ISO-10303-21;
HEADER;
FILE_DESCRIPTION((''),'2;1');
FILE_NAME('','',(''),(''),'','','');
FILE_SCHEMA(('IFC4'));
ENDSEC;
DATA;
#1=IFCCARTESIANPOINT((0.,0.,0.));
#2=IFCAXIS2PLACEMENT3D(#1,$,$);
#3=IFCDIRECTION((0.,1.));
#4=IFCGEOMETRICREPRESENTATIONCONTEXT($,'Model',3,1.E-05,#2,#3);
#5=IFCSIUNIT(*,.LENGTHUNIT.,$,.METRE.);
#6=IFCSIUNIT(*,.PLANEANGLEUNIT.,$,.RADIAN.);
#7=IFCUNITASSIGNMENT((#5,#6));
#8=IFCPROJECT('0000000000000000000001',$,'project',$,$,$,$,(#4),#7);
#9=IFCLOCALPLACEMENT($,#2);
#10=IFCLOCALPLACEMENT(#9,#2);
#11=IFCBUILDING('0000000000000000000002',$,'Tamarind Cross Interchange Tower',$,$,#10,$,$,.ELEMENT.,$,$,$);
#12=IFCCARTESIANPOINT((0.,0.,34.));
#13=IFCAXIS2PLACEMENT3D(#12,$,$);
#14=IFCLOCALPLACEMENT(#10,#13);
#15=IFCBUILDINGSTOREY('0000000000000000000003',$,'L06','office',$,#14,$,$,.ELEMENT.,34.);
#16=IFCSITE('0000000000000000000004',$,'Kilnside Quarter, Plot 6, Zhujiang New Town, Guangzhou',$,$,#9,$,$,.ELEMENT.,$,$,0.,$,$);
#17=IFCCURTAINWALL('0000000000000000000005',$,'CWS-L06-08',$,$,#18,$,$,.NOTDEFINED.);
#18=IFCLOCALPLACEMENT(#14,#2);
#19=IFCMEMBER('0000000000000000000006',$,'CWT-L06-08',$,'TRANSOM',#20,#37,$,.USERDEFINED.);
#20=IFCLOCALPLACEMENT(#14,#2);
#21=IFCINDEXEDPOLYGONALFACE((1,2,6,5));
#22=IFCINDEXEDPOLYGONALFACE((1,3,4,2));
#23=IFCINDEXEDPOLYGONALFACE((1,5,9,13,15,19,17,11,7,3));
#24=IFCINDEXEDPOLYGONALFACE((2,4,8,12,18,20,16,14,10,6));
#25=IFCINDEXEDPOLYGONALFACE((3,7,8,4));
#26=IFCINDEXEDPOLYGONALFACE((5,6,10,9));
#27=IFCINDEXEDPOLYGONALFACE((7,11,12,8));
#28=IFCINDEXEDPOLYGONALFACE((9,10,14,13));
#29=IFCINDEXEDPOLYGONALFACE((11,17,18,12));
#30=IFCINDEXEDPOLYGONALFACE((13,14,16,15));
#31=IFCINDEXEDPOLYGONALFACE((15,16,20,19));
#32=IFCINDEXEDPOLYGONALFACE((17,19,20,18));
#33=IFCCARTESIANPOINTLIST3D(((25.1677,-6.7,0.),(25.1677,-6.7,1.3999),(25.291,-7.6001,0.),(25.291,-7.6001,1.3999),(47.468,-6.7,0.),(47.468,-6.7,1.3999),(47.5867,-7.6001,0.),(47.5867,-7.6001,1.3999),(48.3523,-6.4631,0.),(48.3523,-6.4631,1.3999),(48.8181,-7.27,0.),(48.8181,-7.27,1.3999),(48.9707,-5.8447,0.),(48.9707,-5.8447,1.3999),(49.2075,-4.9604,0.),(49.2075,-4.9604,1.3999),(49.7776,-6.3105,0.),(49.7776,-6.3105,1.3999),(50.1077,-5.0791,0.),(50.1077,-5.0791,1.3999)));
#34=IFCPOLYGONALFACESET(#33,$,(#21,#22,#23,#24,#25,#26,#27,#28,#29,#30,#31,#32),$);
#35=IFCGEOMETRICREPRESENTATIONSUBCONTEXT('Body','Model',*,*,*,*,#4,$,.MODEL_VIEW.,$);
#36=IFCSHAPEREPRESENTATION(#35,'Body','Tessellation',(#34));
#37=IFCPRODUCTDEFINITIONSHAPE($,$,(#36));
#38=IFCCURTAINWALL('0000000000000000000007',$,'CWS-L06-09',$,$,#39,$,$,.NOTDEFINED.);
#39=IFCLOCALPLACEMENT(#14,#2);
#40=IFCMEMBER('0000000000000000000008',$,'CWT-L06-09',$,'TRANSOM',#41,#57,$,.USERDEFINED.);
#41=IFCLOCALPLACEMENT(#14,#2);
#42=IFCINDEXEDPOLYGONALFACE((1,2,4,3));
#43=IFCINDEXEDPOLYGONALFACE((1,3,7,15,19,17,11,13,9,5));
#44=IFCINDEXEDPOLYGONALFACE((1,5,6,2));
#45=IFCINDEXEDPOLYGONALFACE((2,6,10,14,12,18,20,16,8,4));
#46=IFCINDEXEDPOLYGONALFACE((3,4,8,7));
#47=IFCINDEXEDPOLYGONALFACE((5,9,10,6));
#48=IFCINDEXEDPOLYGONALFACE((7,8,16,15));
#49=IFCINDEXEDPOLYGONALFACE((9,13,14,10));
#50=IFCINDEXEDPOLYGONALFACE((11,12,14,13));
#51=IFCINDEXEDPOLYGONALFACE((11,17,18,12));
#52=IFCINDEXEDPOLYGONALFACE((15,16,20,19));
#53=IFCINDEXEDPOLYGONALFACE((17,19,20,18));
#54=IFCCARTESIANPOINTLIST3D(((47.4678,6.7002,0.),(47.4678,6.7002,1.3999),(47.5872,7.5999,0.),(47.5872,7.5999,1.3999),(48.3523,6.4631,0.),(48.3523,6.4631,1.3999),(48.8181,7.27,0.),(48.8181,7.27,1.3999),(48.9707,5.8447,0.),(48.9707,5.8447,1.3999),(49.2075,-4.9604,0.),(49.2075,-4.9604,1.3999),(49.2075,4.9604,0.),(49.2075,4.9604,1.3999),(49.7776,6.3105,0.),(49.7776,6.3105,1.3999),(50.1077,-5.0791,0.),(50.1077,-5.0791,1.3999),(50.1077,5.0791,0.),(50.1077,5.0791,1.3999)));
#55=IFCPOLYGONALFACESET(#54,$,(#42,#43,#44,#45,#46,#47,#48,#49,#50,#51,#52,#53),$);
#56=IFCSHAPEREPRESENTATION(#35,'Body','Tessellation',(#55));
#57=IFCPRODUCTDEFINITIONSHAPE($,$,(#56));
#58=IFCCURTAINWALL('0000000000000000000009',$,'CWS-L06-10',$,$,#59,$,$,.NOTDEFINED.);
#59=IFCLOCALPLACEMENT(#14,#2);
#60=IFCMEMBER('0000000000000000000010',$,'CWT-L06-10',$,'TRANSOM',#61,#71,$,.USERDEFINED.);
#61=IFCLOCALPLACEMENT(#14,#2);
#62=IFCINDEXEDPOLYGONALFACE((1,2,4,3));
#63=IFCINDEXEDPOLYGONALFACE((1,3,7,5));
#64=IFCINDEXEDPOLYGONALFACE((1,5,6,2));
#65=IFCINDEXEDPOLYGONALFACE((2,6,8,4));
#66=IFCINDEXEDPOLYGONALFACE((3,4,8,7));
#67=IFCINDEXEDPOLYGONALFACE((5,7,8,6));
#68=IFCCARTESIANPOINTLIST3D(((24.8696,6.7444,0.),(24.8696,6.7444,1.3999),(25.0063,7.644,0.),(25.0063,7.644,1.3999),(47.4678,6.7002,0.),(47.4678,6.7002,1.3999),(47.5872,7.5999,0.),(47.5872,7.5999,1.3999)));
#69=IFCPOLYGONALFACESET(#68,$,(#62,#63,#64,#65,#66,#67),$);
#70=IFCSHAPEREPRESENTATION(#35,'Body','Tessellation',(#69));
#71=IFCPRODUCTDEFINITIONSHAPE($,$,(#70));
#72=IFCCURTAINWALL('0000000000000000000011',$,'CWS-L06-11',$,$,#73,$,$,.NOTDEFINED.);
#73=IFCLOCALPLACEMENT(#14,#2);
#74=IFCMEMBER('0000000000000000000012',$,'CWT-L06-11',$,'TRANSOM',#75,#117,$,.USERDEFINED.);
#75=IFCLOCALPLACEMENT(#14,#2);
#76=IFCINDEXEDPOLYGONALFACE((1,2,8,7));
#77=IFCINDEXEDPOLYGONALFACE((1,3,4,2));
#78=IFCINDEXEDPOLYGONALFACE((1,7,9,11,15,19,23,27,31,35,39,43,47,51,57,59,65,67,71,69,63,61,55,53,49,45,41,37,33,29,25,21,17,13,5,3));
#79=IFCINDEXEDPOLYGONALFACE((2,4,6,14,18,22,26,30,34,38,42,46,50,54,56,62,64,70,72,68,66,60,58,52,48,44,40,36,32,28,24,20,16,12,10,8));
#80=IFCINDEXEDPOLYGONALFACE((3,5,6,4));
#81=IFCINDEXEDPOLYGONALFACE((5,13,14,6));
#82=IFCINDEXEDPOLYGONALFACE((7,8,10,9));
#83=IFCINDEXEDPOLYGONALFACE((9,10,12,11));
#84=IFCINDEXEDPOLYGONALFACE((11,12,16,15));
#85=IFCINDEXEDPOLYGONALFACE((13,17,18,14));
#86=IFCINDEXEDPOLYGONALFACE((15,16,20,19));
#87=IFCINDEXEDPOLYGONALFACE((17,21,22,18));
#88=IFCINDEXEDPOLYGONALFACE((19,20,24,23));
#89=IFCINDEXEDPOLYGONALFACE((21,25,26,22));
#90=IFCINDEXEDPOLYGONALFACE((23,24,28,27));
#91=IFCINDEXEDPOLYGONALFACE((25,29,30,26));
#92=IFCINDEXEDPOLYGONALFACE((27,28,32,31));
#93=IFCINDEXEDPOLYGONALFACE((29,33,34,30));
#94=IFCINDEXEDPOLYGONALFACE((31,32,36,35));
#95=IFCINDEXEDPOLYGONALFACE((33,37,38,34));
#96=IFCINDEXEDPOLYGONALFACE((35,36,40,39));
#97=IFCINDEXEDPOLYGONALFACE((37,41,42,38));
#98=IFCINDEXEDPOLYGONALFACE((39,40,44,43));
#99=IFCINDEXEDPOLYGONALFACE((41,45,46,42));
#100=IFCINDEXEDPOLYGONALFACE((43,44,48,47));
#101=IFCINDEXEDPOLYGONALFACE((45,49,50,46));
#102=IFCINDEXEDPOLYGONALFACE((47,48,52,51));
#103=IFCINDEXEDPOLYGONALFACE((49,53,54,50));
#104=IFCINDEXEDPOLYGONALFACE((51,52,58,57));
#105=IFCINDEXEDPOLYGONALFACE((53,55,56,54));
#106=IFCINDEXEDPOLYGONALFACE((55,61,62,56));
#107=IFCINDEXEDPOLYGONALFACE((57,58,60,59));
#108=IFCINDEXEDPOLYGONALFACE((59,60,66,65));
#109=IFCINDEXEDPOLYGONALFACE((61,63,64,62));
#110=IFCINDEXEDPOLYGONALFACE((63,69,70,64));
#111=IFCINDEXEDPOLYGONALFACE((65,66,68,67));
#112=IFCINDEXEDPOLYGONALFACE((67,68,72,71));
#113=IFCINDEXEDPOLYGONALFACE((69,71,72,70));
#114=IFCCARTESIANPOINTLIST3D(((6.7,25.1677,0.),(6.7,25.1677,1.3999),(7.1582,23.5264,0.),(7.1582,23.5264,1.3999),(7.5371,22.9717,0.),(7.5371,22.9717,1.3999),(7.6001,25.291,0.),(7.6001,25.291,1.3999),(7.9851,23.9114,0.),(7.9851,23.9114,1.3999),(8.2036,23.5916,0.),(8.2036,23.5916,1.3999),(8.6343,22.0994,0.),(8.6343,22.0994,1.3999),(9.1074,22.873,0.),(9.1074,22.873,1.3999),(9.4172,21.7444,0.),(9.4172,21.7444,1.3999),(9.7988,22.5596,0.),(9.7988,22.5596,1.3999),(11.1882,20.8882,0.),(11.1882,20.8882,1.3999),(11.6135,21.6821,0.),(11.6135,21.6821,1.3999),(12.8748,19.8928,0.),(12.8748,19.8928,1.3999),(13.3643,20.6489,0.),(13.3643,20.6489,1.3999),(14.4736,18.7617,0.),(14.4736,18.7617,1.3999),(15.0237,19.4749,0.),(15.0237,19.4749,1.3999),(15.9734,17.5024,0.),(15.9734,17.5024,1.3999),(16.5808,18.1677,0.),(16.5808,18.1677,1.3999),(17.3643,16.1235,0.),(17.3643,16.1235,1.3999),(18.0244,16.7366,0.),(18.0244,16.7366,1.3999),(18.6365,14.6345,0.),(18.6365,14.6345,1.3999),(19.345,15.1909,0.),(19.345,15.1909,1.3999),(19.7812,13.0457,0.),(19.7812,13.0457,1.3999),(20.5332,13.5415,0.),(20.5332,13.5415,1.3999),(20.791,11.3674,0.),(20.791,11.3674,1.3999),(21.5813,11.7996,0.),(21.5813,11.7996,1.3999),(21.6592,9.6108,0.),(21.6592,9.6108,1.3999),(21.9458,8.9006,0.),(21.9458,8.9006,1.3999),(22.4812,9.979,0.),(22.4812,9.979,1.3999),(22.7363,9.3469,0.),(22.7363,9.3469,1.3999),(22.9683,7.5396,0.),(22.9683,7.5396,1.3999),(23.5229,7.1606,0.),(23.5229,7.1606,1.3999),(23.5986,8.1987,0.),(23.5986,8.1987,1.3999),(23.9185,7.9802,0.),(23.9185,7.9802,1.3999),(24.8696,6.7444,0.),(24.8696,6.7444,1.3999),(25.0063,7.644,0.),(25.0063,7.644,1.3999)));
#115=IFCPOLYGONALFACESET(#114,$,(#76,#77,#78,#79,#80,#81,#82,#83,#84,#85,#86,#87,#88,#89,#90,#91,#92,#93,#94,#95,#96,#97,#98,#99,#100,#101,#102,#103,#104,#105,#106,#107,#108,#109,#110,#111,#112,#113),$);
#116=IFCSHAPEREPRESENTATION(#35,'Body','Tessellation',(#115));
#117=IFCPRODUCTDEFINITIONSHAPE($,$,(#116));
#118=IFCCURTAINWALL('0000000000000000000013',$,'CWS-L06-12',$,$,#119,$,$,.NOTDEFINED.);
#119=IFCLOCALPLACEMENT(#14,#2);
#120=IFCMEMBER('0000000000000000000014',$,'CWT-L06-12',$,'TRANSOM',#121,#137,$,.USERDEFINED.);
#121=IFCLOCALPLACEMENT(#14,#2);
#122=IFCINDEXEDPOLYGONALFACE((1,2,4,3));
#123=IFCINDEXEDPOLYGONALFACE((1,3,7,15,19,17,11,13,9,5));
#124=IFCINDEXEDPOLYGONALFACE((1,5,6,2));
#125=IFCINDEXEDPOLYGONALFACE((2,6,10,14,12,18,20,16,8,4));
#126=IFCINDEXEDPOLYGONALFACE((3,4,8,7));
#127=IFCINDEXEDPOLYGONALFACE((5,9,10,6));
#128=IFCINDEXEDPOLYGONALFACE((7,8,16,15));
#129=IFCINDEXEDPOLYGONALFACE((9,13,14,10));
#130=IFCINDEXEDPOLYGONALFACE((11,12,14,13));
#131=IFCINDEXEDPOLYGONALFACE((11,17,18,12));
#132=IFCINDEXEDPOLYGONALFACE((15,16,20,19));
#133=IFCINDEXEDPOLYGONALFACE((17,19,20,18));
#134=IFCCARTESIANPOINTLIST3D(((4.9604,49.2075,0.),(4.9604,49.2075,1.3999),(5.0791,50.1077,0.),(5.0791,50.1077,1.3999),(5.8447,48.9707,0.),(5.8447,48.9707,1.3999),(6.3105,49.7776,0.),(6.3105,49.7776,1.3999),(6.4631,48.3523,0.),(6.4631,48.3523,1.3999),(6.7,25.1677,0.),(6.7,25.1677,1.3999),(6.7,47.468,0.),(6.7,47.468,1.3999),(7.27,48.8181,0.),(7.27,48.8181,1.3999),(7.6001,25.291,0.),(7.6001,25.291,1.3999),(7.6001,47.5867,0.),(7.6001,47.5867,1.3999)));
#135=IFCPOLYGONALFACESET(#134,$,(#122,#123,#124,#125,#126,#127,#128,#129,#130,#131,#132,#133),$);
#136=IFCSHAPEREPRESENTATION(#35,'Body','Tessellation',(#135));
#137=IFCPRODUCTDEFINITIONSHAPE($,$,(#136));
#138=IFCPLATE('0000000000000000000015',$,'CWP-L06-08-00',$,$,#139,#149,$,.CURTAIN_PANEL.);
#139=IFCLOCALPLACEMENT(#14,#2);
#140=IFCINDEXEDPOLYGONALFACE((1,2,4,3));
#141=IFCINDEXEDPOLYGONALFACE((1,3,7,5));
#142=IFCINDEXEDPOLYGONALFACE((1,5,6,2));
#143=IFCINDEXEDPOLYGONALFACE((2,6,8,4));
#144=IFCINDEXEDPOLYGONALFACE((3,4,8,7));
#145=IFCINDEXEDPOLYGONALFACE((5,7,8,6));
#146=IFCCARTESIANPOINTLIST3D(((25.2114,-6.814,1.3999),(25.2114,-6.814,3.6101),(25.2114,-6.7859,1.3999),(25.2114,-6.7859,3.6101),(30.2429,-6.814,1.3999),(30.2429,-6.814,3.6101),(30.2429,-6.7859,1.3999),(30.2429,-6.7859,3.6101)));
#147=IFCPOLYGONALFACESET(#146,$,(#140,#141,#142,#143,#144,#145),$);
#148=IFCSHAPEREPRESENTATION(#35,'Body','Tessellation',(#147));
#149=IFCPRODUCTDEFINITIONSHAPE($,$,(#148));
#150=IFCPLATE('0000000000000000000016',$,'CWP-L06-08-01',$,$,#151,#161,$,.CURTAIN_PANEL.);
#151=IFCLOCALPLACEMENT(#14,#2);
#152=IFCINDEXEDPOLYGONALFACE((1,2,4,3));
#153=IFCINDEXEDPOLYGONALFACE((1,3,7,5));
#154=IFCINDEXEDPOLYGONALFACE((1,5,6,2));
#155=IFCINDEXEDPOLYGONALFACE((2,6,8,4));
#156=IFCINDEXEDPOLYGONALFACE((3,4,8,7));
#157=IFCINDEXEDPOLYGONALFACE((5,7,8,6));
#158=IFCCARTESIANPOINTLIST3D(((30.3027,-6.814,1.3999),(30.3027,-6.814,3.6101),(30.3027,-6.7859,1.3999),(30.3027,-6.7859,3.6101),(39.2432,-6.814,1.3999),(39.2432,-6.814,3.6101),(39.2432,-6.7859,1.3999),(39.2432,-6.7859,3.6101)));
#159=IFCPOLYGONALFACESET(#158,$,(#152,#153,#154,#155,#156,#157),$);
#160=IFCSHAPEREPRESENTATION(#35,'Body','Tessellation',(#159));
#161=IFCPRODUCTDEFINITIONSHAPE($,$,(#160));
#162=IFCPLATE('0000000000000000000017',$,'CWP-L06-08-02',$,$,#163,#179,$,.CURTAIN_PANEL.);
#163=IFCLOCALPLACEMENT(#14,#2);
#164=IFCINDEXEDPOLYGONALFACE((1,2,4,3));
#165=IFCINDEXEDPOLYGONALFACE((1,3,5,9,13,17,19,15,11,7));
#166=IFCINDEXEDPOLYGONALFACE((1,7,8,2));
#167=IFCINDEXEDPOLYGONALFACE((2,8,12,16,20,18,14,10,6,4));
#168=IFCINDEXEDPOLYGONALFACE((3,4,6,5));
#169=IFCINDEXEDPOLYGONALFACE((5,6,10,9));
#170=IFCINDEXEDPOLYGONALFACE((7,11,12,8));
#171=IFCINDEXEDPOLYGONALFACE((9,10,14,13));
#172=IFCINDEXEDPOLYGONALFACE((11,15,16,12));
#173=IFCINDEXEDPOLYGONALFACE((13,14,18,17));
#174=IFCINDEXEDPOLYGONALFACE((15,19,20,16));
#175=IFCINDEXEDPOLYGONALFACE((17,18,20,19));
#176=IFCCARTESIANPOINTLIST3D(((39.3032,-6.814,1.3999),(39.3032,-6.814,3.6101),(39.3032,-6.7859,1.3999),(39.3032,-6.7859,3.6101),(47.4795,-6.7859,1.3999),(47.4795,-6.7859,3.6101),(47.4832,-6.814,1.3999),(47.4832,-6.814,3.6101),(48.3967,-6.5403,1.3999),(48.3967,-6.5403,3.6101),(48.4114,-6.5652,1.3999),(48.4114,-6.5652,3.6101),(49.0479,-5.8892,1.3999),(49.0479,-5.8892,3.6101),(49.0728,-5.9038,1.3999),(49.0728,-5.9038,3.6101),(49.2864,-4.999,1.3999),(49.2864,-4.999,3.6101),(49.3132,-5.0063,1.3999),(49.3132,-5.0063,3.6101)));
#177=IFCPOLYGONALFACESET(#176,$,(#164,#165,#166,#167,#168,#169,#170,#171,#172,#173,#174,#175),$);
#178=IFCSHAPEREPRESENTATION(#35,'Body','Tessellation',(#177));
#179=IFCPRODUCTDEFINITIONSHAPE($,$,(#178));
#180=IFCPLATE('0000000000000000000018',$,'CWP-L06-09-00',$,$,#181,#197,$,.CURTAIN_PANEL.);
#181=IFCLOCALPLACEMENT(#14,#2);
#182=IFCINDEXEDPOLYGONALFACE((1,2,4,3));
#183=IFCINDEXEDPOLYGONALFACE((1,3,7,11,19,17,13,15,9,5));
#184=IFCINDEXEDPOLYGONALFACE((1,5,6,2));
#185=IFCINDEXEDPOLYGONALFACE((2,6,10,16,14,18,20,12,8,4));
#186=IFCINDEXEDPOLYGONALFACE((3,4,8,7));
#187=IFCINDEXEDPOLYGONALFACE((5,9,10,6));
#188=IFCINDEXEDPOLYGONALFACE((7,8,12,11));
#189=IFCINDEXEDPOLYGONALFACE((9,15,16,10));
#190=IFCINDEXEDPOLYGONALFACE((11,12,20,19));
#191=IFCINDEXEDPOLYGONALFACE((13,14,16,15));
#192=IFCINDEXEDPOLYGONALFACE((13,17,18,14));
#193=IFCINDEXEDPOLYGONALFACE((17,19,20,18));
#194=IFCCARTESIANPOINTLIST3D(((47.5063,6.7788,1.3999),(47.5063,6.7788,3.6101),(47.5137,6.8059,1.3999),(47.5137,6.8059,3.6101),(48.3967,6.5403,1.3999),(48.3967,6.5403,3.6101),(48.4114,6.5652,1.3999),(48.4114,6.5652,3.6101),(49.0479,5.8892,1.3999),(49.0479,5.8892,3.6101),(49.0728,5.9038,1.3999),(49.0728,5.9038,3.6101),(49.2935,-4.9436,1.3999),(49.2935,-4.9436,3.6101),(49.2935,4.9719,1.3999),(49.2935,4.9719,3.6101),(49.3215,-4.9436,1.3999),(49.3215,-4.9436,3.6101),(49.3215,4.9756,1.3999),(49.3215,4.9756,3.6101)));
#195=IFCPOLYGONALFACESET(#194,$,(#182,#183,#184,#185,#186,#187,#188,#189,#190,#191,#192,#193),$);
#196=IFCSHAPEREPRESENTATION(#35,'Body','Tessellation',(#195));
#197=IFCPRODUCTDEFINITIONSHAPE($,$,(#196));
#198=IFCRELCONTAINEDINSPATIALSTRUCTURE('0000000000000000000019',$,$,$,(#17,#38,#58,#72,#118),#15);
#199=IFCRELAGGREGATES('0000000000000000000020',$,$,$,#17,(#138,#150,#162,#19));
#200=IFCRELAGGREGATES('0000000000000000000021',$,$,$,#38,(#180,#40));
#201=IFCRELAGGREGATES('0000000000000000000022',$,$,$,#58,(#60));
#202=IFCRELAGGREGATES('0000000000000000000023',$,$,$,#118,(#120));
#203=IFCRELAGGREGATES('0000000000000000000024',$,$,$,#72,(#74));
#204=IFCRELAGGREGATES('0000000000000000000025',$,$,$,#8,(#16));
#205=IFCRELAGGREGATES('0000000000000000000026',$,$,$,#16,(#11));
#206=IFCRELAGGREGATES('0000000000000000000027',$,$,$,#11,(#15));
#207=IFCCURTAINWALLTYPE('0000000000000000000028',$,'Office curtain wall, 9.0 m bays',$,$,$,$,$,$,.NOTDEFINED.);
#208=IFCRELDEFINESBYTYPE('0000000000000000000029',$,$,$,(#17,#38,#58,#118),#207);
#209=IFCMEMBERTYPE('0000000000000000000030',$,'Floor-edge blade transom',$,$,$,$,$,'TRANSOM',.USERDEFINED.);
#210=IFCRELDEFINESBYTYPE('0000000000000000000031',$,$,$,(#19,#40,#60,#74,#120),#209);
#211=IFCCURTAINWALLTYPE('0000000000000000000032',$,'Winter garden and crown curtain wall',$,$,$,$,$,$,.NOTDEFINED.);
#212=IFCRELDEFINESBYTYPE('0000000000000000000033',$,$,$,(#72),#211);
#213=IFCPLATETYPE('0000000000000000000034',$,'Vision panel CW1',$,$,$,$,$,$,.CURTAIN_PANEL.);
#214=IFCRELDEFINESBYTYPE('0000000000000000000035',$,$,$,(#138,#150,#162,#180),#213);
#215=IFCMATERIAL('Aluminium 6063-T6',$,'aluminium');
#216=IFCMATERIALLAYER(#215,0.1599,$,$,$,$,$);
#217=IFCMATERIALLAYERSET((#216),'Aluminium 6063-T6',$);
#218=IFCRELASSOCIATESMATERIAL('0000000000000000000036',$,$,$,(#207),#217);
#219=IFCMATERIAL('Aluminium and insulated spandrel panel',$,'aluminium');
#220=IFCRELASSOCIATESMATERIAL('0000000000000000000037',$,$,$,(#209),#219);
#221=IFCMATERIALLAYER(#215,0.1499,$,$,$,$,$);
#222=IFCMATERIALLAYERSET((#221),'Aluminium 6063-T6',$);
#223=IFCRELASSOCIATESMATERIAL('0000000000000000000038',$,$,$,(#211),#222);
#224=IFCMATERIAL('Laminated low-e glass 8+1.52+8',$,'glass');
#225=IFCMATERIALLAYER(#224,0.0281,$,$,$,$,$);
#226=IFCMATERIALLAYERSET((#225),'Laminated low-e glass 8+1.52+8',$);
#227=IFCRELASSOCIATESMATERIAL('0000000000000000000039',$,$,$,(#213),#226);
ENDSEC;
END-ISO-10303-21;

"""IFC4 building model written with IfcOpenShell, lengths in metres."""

from ifc_helpers import new_model, si_unit, direction, frame, origin, place, context, subcontext, project, spatial, polyline, outline, extrude, material, layer, layer_set, type_object, element, aggregate, save


model = new_model("IFC4")

# Units and contexts
model_context = context("Model", 3, precision=1e-05, world=origin(), true_north=direction((0.0, 1.0)))
body_context = subcontext(model_context, "Body", "Model", "MODEL_VIEW")
ifc_project = project(units=[si_unit("LENGTHUNIT", "METRE"), si_unit("PLANEANGLEUNIT", "RADIAN")], contexts=[model_context])

# Site, building, storey
site_placement = place(None, origin())
site = spatial("IfcSite", under=ifc_project, at=site_placement, Name="Kilnside Quarter, Plot 6, Zhujiang New Town, Guangzhou", CompositionType="ELEMENT", RefElevation=0.0)
building_placement = place(site_placement, origin())
building = spatial("IfcBuilding", under=site, at=building_placement, Name="Tamarind Cross Interchange Tower", CompositionType="ELEMENT")
storey_placement = place(building_placement, frame((0.0, 0.0, 34.0)))
storey = spatial("IfcBuildingStorey", under=building, at=storey_placement, Name="L06", Description="office", CompositionType="ELEMENT", Elevation=34.0)

# Curtain walls, members
ifc_material_1 = material(Name="Aluminium 6063-T6", Category="aluminium")
ifc_layer_1 = layer(ifc_material_1, 0.1599)
ifc_layer_set_1 = layer_set([ifc_layer_1], Name="Aluminium 6063-T6")
curtain_wall_type_1 = type_object("IfcCurtainWallType", Name="Office curtain wall, 9.0 m bays", PredefinedType="NOTDEFINED", material=ifc_layer_set_1)
curtain_wall_1_placement = place(storey_placement, origin())
curtain_wall_1 = element("IfcCurtainWall", 1, at=curtain_wall_1_placement, inside=storey, type_object=curtain_wall_type_1, Name="CWS-L06-08", PredefinedType="NOTDEFINED")
ifc_material_2 = material(Name="Aluminium and insulated spandrel panel", Category="aluminium")
member_type = type_object("IfcMemberType", Name="Floor-edge blade transom", ElementType="TRANSOM", PredefinedType="USERDEFINED", material=ifc_material_2)
member_1_placement = place(storey_placement, origin())
member_1 = element("IfcMember", 2, at=member_1_placement, type_object=member_type, Name="CWT-L06-08", ObjectType="TRANSOM", PredefinedType="USERDEFINED", context=body_context, shape_type="SweptSolid", body=[
    extrude(outline(polyline([(25.1677, -6.7), (47.468, -6.7), (48.3523, -6.4631), (48.9707, -5.8447), (49.2075, -4.9604), (50.1077, -5.0791), (49.7776, -6.3105), (48.8181, -7.27), (47.5867, -7.6001), (25.291, -7.6001), (25.1677, -6.7)])), origin(), (0.0, 0.0, 1.0), 1.3999),
])
curtain_wall_2_placement = place(storey_placement, origin())
curtain_wall_2 = element("IfcCurtainWall", 3, at=curtain_wall_2_placement, inside=storey, type_object=curtain_wall_type_1, Name="CWS-L06-09", PredefinedType="NOTDEFINED")
member_2_placement = place(storey_placement, origin())
member_2 = element("IfcMember", 4, at=member_2_placement, type_object=member_type, Name="CWT-L06-09", ObjectType="TRANSOM", PredefinedType="USERDEFINED", context=body_context, shape_type="SweptSolid", body=[
    extrude(outline(polyline([(49.2075, -4.9604), (49.2075, 4.9604), (48.9707, 5.8447), (48.3523, 6.4631), (47.4678, 6.7002), (47.5872, 7.5999), (48.8181, 7.27), (49.7776, 6.3105), (50.1077, 5.0791), (50.1077, -5.0791), (49.2075, -4.9604)])), origin(), (0.0, 0.0, 1.0), 1.3999),
])
curtain_wall_3_placement = place(storey_placement, origin())
curtain_wall_3 = element("IfcCurtainWall", 5, at=curtain_wall_3_placement, inside=storey, type_object=curtain_wall_type_1, Name="CWS-L06-10", PredefinedType="NOTDEFINED")
member_3_placement = place(storey_placement, origin())
member_3 = element("IfcMember", 6, at=member_3_placement, type_object=member_type, Name="CWT-L06-10", ObjectType="TRANSOM", PredefinedType="USERDEFINED", context=body_context, shape_type="SweptSolid", body=[
    extrude(outline(polyline([(47.4678, 6.7002), (24.8696, 6.7444), (25.0063, 7.644), (47.5872, 7.5999), (47.4678, 6.7002)])), origin(), (0.0, 0.0, 1.0), 1.3999),
])
ifc_layer_2 = layer(ifc_material_1, 0.1499)
ifc_layer_set_2 = layer_set([ifc_layer_2], Name="Aluminium 6063-T6")
curtain_wall_type_2 = type_object("IfcCurtainWallType", Name="Winter garden and crown curtain wall", PredefinedType="NOTDEFINED", material=ifc_layer_set_2)
curtain_wall_4_placement = place(storey_placement, origin())
curtain_wall_4 = element("IfcCurtainWall", 7, at=curtain_wall_4_placement, inside=storey, type_object=curtain_wall_type_2, Name="CWS-L06-11", PredefinedType="NOTDEFINED")
member_4_placement = place(storey_placement, origin())
member_4 = element("IfcMember", 8, at=member_4_placement, type_object=member_type, Name="CWT-L06-11", ObjectType="TRANSOM", PredefinedType="USERDEFINED", context=body_context, shape_type="SweptSolid", body=[
    extrude(outline(polyline([(24.8696, 6.7444), (23.5229, 7.1606), (22.9683, 7.5396), (21.9458, 8.9006), (21.6592, 9.6108), (20.791, 11.3674), (19.7812, 13.0457), (18.6365, 14.6345), (17.3643, 16.1235), (15.9734, 17.5024), (14.4736, 18.7617), (12.8748, 19.8928), (11.1882, 20.8882), (9.4172, 21.7444), (8.6343, 22.0994), (7.5371, 22.9717), (7.1582, 23.5264), (6.7, 25.1677), (7.6001, 25.291), (7.9851, 23.9114), (8.2036, 23.5916), (9.1074, 22.873), (9.7988, 22.5596), (11.6135, 21.6821), (13.3643, 20.6489), (15.0237, 19.4749), (16.5808, 18.1677), (18.0244, 16.7366), (19.345, 15.1909), (20.5332, 13.5415), (21.5813, 11.7996), (22.4812, 9.979), (22.7363, 9.3469), (23.5986, 8.1987), (23.9185, 7.9802), (25.0063, 7.644), (24.8696, 6.7444)])), origin(), (0.0, 0.0, 1.0), 1.3999),
])
curtain_wall_5_placement = place(storey_placement, origin())
curtain_wall_5 = element("IfcCurtainWall", 9, at=curtain_wall_5_placement, inside=storey, type_object=curtain_wall_type_1, Name="CWS-L06-12", PredefinedType="NOTDEFINED")
member_5_placement = place(storey_placement, origin())
member_5 = element("IfcMember", 10, at=member_5_placement, type_object=member_type, Name="CWT-L06-12", ObjectType="TRANSOM", PredefinedType="USERDEFINED", context=body_context, shape_type="SweptSolid", body=[
    extrude(outline(polyline([(6.7, 25.1677), (6.7, 47.468), (6.4631, 48.3523), (5.8447, 48.9707), (4.9604, 49.2075), (5.0791, 50.1077), (6.3105, 49.7776), (7.27, 48.8181), (7.6001, 47.5867), (7.6001, 25.291), (6.7, 25.1677)])), origin(), (0.0, 0.0, 1.0), 1.3999),
])

# Plates
ifc_material_3 = material(Name="Laminated low-e glass 8+1.52+8", Category="glass")
ifc_layer_3 = layer(ifc_material_3, 0.0281)
ifc_layer_set_3 = layer_set([ifc_layer_3], Name="Laminated low-e glass 8+1.52+8")
plate_type_1 = type_object("IfcPlateType", Name="Vision panel CW1", PredefinedType="CURTAIN_PANEL", material=ifc_layer_set_3)
plate_1_placement = place(storey_placement, frame((0.0, 0.0, 1.3999)))
plate_1 = element("IfcPlate", 11, at=plate_1_placement, type_object=plate_type_1, Name="CWP-L06-08-00", PredefinedType="CURTAIN_PANEL", context=body_context, shape_type="SweptSolid", body=[
    extrude(outline(polyline([(25.2114, -6.7859), (30.2429, -6.7859), (30.2429, -6.814), (25.2114, -6.814), (25.2114, -6.7859)])), origin(), (0.0, 0.0, 1.0), 2.2102),
])
plate_2_placement = place(storey_placement, frame((0.0, 0.0, 1.3999)))
plate_2 = element("IfcPlate", 12, at=plate_2_placement, type_object=plate_type_1, Name="CWP-L06-08-01", PredefinedType="CURTAIN_PANEL", context=body_context, shape_type="SweptSolid", body=[
    extrude(outline(polyline([(30.3027, -6.7859), (39.2432, -6.7859), (39.2432, -6.814), (30.3027, -6.814), (30.3027, -6.7859)])), origin(), (0.0, 0.0, 1.0), 2.2102),
])
plate_3_placement = place(storey_placement, frame((0.0, 0.0, 1.3999)))
plate_3 = element("IfcPlate", 13, at=plate_3_placement, type_object=plate_type_1, Name="CWP-L06-08-02", PredefinedType="CURTAIN_PANEL", context=body_context, shape_type="SweptSolid", body=[
    extrude(outline(polyline([(39.3032, -6.7859), (47.4795, -6.7859), (48.3967, -6.5403), (49.0479, -5.8892), (49.2864, -4.999), (49.3132, -5.0063), (49.0728, -5.9038), (48.4114, -6.5652), (47.4832, -6.814), (39.3032, -6.814), (39.3032, -6.7859)])), origin(), (0.0, 0.0, 1.0), 2.2102),
])
aggregate(curtain_wall_1, [plate_1, plate_2, plate_3, member_1])
plate_4_placement = place(storey_placement, frame((0.0, 0.0, 1.3999)))
plate_4 = element("IfcPlate", 14, at=plate_4_placement, type_object=plate_type_1, Name="CWP-L06-09-00", PredefinedType="CURTAIN_PANEL", context=body_context, shape_type="SweptSolid", body=[
    extrude(outline(polyline([(49.2935, -4.9436), (49.2935, 4.9719), (49.0479, 5.8892), (48.3967, 6.5403), (47.5063, 6.7788), (47.5137, 6.8059), (48.4114, 6.5652), (49.0728, 5.9038), (49.3215, 4.9756), (49.3215, -4.9436), (49.2935, -4.9436)])), origin(), (0.0, 0.0, 1.0), 2.2102),
])
aggregate(curtain_wall_2, [plate_4, member_2])
aggregate(curtain_wall_3, [member_3])
aggregate(curtain_wall_5, [member_5])

aggregate(curtain_wall_4, [member_4])

save(model, "model.ifc")
